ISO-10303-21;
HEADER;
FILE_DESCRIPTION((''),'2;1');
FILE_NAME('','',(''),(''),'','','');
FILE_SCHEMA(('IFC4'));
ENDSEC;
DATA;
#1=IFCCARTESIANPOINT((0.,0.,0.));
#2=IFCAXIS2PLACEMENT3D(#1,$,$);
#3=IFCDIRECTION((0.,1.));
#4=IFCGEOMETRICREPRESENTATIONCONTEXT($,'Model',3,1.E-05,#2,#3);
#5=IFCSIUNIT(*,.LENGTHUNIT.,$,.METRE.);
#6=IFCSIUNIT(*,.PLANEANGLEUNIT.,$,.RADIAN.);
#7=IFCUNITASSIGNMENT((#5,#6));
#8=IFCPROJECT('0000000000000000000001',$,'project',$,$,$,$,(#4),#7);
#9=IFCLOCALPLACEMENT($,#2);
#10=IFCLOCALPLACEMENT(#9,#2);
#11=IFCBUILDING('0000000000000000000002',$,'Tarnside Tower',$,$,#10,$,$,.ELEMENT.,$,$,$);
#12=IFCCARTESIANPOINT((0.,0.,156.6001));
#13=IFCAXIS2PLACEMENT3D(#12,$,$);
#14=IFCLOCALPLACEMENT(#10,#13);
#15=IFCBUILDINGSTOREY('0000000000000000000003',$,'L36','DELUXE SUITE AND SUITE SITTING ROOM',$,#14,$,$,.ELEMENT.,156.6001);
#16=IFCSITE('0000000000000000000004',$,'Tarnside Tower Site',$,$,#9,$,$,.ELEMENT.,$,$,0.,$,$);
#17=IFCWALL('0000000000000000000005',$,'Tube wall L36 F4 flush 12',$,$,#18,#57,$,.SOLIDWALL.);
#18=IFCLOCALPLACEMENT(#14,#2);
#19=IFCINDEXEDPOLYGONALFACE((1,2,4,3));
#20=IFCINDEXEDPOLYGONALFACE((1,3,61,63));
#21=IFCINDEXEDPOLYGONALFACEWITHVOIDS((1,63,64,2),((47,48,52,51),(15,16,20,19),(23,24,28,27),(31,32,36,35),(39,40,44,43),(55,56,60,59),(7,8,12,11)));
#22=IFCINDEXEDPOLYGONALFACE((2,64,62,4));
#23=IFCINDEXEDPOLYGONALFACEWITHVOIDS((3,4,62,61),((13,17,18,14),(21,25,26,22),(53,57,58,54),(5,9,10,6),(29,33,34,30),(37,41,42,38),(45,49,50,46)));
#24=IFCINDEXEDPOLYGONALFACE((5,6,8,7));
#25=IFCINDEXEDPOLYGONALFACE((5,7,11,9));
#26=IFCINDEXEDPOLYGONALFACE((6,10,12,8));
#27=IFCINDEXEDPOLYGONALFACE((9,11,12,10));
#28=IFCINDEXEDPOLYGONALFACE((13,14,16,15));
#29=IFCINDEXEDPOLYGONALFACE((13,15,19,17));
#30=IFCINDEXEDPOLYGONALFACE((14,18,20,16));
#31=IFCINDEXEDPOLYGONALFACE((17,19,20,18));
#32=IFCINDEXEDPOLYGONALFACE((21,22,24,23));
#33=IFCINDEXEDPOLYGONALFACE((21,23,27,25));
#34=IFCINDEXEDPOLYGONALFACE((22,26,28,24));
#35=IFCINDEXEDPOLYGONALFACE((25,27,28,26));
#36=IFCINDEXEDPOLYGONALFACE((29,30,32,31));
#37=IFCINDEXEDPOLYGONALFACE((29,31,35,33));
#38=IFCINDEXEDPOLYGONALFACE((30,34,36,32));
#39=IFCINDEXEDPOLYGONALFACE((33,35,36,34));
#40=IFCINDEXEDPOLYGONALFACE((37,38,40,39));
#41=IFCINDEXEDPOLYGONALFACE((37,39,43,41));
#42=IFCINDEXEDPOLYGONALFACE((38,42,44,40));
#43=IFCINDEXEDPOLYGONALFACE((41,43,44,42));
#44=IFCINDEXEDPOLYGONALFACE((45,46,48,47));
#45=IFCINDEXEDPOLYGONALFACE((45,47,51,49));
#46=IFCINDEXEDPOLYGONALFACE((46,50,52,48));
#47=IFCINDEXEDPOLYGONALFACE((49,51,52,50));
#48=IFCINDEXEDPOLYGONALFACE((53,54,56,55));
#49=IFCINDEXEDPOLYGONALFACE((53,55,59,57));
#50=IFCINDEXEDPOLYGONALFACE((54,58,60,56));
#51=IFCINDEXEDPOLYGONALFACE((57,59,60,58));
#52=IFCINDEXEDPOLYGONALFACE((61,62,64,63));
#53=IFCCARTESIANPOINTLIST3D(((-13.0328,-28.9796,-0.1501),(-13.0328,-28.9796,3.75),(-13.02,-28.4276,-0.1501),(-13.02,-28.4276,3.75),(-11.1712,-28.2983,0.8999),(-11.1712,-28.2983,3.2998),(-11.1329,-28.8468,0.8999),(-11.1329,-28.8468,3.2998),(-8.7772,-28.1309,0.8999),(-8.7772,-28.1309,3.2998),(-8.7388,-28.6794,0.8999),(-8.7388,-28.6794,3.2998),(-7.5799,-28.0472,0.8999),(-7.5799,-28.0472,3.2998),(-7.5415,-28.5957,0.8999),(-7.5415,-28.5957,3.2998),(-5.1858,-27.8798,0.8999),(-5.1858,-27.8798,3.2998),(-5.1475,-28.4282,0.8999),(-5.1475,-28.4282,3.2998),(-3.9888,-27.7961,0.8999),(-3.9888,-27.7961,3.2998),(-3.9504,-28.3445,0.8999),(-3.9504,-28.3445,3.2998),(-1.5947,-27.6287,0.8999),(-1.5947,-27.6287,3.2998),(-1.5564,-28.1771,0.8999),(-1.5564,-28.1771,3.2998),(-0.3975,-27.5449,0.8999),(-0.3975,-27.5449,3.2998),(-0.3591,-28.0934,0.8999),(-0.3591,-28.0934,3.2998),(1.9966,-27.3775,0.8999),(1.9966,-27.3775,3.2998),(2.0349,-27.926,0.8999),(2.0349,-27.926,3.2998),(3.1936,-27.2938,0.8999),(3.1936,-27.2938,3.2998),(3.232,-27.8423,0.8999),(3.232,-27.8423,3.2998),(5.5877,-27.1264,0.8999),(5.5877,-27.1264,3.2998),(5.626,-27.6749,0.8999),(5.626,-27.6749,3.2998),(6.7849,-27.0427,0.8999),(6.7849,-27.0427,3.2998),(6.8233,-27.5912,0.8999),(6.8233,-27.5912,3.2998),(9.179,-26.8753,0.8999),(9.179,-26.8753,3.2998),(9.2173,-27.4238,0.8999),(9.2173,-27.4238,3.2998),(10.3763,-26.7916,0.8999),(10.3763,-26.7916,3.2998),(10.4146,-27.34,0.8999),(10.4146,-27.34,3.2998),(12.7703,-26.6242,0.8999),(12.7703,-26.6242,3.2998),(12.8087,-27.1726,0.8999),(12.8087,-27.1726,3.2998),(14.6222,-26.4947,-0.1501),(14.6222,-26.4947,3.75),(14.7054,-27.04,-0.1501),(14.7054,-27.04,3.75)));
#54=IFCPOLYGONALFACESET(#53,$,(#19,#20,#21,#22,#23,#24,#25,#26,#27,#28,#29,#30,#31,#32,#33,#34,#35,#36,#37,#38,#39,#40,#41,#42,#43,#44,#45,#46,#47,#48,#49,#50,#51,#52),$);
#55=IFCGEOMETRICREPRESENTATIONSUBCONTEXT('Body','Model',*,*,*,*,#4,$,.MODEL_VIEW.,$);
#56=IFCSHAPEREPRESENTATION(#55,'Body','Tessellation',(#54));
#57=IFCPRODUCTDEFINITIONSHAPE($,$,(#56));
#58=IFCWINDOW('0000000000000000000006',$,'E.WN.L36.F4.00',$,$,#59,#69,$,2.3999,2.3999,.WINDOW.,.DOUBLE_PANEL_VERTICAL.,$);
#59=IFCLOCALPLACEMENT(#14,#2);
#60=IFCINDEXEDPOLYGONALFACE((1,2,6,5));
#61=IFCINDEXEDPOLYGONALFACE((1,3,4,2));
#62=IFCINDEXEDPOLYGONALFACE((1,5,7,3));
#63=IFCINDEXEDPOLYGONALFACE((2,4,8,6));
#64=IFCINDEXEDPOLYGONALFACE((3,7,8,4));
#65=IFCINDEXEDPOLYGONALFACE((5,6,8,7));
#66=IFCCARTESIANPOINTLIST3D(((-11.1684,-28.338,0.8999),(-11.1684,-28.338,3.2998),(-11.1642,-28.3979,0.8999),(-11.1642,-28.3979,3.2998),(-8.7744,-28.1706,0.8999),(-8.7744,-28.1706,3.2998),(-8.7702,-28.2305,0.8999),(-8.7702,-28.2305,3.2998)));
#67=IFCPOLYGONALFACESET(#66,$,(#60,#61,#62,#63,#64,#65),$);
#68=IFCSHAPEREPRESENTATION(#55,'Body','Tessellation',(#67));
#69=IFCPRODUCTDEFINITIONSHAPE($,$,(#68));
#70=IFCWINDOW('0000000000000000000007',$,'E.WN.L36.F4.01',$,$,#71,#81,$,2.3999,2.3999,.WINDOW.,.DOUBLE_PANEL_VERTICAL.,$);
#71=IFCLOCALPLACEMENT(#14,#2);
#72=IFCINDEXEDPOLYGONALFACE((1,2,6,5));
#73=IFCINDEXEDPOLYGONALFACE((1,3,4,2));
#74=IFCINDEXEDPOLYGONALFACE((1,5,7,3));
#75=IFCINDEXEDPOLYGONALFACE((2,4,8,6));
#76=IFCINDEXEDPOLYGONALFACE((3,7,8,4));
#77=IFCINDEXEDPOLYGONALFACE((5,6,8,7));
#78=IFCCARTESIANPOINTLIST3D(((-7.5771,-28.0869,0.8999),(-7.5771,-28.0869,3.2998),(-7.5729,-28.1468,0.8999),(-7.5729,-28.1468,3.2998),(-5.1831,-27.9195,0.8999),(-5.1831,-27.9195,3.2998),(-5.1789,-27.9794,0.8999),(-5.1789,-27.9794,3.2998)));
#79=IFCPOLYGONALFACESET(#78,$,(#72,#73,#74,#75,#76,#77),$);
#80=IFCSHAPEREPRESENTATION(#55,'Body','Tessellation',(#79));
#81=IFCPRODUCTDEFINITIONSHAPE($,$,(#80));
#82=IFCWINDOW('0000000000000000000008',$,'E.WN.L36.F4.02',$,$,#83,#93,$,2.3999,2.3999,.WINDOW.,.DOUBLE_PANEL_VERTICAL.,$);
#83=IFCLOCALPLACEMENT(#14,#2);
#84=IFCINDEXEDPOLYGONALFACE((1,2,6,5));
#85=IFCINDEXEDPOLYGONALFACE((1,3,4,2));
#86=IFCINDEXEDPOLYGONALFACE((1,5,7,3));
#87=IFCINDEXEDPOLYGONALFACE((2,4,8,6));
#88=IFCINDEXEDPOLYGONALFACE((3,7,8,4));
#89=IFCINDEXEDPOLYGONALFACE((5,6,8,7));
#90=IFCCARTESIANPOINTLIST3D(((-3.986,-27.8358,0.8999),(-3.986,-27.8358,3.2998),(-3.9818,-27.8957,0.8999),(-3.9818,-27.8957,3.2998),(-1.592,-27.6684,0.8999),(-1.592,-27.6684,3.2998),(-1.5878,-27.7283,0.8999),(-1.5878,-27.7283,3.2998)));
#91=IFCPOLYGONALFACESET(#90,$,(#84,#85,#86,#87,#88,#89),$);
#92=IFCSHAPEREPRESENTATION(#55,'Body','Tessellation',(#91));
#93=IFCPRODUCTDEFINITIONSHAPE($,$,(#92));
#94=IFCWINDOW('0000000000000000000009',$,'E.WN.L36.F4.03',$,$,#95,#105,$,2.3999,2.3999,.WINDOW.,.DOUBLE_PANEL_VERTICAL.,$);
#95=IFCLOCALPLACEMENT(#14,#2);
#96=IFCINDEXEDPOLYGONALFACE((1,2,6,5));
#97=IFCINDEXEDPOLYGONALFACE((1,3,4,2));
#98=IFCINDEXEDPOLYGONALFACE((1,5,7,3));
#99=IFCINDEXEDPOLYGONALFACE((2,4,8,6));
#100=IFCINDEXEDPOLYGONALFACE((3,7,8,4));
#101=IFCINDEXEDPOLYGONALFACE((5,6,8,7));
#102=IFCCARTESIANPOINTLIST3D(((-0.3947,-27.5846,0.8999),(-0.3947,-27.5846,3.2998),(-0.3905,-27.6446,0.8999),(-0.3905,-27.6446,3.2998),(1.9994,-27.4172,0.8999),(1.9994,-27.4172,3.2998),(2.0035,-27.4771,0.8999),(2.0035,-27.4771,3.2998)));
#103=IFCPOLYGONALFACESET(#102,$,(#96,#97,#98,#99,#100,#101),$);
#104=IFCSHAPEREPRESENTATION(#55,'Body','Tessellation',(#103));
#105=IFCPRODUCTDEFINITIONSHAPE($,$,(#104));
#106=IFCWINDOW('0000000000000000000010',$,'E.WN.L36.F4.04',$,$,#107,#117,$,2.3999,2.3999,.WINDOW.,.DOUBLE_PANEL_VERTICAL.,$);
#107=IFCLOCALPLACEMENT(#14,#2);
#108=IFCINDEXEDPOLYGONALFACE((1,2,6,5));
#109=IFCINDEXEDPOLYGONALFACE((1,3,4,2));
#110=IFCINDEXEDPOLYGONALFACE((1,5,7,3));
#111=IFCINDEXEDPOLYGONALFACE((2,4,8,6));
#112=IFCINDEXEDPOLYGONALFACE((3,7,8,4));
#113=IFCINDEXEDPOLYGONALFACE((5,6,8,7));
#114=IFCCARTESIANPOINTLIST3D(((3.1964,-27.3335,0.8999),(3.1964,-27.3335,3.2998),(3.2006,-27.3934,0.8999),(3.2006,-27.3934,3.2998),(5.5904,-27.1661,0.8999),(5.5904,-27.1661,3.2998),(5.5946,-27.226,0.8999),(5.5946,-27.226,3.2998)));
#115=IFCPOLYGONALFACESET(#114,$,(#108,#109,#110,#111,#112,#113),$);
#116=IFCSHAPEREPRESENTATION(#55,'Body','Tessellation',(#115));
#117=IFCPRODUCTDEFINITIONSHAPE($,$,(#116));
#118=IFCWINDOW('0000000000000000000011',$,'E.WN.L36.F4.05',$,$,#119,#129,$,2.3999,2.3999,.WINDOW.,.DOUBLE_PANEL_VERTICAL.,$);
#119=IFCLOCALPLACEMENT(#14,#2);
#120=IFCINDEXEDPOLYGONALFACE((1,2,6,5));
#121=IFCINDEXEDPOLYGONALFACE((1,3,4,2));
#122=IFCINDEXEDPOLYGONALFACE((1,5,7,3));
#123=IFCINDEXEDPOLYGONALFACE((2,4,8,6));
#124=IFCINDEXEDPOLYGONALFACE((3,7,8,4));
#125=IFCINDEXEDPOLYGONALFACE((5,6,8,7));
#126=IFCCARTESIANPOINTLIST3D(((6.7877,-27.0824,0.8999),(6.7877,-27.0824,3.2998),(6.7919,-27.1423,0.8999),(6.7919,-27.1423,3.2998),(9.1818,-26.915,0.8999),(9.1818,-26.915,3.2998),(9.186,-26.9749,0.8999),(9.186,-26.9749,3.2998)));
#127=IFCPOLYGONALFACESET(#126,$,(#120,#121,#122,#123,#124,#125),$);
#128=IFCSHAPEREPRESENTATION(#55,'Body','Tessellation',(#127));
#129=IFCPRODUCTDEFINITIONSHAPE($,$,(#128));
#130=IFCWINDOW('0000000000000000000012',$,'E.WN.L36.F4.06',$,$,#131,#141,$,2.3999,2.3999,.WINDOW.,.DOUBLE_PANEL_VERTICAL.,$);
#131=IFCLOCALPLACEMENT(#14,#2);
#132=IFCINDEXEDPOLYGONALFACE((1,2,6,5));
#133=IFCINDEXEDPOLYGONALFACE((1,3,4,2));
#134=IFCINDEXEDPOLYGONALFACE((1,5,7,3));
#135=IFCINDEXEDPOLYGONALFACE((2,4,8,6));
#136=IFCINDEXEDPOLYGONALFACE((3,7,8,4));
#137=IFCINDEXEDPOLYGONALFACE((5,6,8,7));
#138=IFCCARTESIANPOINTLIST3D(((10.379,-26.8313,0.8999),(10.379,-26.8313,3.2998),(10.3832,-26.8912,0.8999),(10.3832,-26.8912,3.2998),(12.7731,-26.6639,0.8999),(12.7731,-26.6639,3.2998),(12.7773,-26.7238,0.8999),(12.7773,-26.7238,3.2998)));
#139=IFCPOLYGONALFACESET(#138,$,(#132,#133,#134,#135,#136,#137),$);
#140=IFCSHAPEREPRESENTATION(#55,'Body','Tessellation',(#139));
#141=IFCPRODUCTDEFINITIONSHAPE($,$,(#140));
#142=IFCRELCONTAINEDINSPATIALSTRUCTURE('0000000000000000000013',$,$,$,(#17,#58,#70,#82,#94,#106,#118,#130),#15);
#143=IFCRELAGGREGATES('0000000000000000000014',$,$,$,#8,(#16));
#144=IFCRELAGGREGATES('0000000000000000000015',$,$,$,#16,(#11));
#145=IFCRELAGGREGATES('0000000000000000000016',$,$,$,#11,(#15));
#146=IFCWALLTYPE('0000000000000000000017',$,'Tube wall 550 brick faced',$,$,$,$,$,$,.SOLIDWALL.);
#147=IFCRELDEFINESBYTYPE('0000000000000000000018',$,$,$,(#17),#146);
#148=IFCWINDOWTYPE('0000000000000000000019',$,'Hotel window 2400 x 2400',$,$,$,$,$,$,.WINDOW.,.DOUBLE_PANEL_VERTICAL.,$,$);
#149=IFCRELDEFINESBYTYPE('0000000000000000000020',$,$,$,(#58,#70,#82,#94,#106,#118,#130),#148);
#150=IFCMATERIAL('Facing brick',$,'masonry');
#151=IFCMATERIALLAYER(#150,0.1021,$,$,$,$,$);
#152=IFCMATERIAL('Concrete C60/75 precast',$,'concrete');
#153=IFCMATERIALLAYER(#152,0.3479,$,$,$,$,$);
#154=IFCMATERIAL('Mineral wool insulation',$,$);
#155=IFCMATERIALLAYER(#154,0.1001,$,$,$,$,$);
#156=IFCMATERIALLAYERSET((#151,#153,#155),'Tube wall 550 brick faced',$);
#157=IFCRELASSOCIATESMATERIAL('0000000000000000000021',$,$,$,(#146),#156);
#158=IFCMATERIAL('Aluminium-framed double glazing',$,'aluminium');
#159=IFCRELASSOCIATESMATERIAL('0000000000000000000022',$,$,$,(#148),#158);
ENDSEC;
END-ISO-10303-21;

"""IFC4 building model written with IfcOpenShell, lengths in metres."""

from ifc_helpers import new_model, si_unit, direction, frame, frame_2d, origin, place, context, subcontext, project, spatial, polyline, rectangle, outline, extrude, material, layer, layer_set, type_object, element, fill, save


model = new_model("IFC4")

# Units and contexts
model_context = context("Model", 3, precision=1e-05, world=origin(), true_north=direction((0.0, 1.0)))
body_context = subcontext(model_context, "Body", "Model", "MODEL_VIEW")
ifc_project = project(units=[si_unit("LENGTHUNIT", "METRE"), si_unit("PLANEANGLEUNIT", "RADIAN")], contexts=[model_context])

# Site, building, storey
site_placement = place(None, origin())
site = spatial("IfcSite", under=ifc_project, at=site_placement, Name="Tarnside Tower Site", CompositionType="ELEMENT", RefElevation=0.0)
building_placement = place(site_placement, origin())
building = spatial("IfcBuilding", under=site, at=building_placement, Name="Tarnside Tower", CompositionType="ELEMENT")
storey_placement = place(building_placement, frame((0.0, 0.0, 156.6001)))
storey = spatial("IfcBuildingStorey", under=building, at=storey_placement, Name="L36", Description="DELUXE SUITE AND SUITE SITTING ROOM", CompositionType="ELEMENT", Elevation=156.6001)

# Wall, openings, windows
ifc_material_1 = material(Name="Facing brick", Category="masonry")
ifc_layer_1 = layer(ifc_material_1, 0.1021)
ifc_material_2 = material(Name="Concrete C60/75 precast", Category="concrete")
ifc_layer_2 = layer(ifc_material_2, 0.3479)
ifc_material_3 = material(Name="Mineral wool insulation")
ifc_layer_3 = layer(ifc_material_3, 0.1001)
ifc_layer_set_1 = layer_set([ifc_layer_1, ifc_layer_2, ifc_layer_3], Name="Tube wall 550 brick faced")
wall_type_1 = type_object("IfcWallType", Name="Tube wall 550 brick faced", PredefinedType="SOLIDWALL", material=ifc_layer_set_1)
wall_1_placement = place(storey_placement, frame((-13.0264, -28.7036, -0.1501), z_axis=(0.0, 0.0, 1.0), x_axis=(0.997564, 0.069756, 0.0)))
wall_1 = element("IfcWall", 1, at=wall_1_placement, inside=storey, type_object=wall_type_1, Name="Tube wall L36 F4 flush 12", PredefinedType="SOLIDWALL", context=body_context, shape_type="SweptSolid", body=[
    extrude(outline(polyline([(-0.0256, -0.2749), (27.7803, -0.2749), (27.7354, 0.2749), (0.0256, 0.2749), (-0.0256, -0.2749)])), origin(), (0.0, 0.0, 1.0), 3.9001),
])
opening_1_placement = place(wall_1_placement, frame((1.8789, 0.0, 1.05)))
opening_1 = element("IfcOpeningElement", 2, at=opening_1_placement, cuts=wall_1, PredefinedType="OPENING", context=body_context, shape_type="SweptSolid", body=[
    extrude(rectangle(XDim=2.3999, YDim=2.3999, at=frame_2d((1.2, 1.2))), frame((0.0, 0.2852, 0.0), z_axis=(0.0, -1.0, 0.0), x_axis=(1.0, 0.0, 0.0)), (0.0, 0.0, 1.0), 0.5701),
])
opening_2_placement = place(wall_1_placement, frame((5.479, 0.0, 1.05)))
opening_2 = element("IfcOpeningElement", 3, at=opening_2_placement, cuts=wall_1, PredefinedType="OPENING", context=body_context, shape_type="SweptSolid", body=[
    extrude(rectangle(XDim=2.3999, YDim=2.3999, at=frame_2d((1.2, 1.2))), frame((0.0, 0.2852, 0.0), z_axis=(0.0, -1.0, 0.0), x_axis=(1.0, 0.0, 0.0)), (0.0, 0.0, 1.0), 0.5701),
])
opening_3_placement = place(wall_1_placement, frame((9.0789, 0.0, 1.05)))
opening_3 = element("IfcOpeningElement", 4, at=opening_3_placement, cuts=wall_1, PredefinedType="OPENING", context=body_context, shape_type="SweptSolid", body=[
    extrude(rectangle(XDim=2.3999, YDim=2.3999, at=frame_2d((1.2, 1.2))), frame((0.0, 0.2852, 0.0), z_axis=(0.0, -1.0, 0.0), x_axis=(1.0, 0.0, 0.0)), (0.0, 0.0, 1.0), 0.5701),
])
opening_4_placement = place(wall_1_placement, frame((12.679, 0.0, 1.05)))
opening_4 = element("IfcOpeningElement", 5, at=opening_4_placement, cuts=wall_1, PredefinedType="OPENING", context=body_context, shape_type="SweptSolid", body=[
    extrude(rectangle(XDim=2.3999, YDim=2.3999, at=frame_2d((1.2, 1.2))), frame((0.0, 0.2852, 0.0), z_axis=(0.0, -1.0, 0.0), x_axis=(1.0, 0.0, 0.0)), (0.0, 0.0, 1.0), 0.5701),
])
opening_5_placement = place(wall_1_placement, frame((16.2788, 0.0, 1.05)))
opening_5 = element("IfcOpeningElement", 6, at=opening_5_placement, cuts=wall_1, PredefinedType="OPENING", context=body_context, shape_type="SweptSolid", body=[
    extrude(rectangle(XDim=2.3999, YDim=2.3999, at=frame_2d((1.2, 1.2))), frame((0.0, 0.2852, 0.0), z_axis=(0.0, -1.0, 0.0), x_axis=(1.0, 0.0, 0.0)), (0.0, 0.0, 1.0), 0.5701),
])
opening_6_placement = place(wall_1_placement, frame((19.8789, 0.0, 1.05)))
opening_6 = element("IfcOpeningElement", 7, at=opening_6_placement, cuts=wall_1, PredefinedType="OPENING", context=body_context, shape_type="SweptSolid", body=[
    extrude(rectangle(XDim=2.3999, YDim=2.3999, at=frame_2d((1.2, 1.2))), frame((0.0, 0.2852, 0.0), z_axis=(0.0, -1.0, 0.0), x_axis=(1.0, 0.0, 0.0)), (0.0, 0.0, 1.0), 0.5701),
])
opening_7_placement = place(wall_1_placement, frame((23.479, 0.0, 1.05)))
opening_7 = element("IfcOpeningElement", 8, at=opening_7_placement, cuts=wall_1, PredefinedType="OPENING", context=body_context, shape_type="SweptSolid", body=[
    extrude(rectangle(XDim=2.3999, YDim=2.3999, at=frame_2d((1.2, 1.2))), frame((0.0, 0.2852, 0.0), z_axis=(0.0, -1.0, 0.0), x_axis=(1.0, 0.0, 0.0)), (0.0, 0.0, 1.0), 0.5701),
])
ifc_material_4 = material(Name="Aluminium-framed double glazing", Category="aluminium")
window_type = type_object("IfcWindowType", Name="Hotel window 2400 x 2400", PartitioningType="DOUBLE_PANEL_VERTICAL", PredefinedType="WINDOW", material=ifc_material_4)
window_1_placement = place(opening_1_placement, frame((0.0, 0.2051, 0.0)))
window_1 = element("IfcWindow", 9, at=window_1_placement, inside=storey, type_object=window_type, Name="E.WN.L36.F4.00", OverallHeight=2.3999, OverallWidth=2.3999, PartitioningType="DOUBLE_PANEL_VERTICAL", PredefinedType="WINDOW", context=body_context, shape_type="SweptSolid", body=[
    extrude(rectangle(XDim=2.3999, YDim=2.3999, at=frame_2d((1.2, 1.2))), frame((0.0, 0.03, 0.0), z_axis=(0.0, -1.0, 0.0), x_axis=(1.0, 0.0, 0.0)), (0.0, 0.0, 1.0), 0.0601),
])
fill(opening_1, window_1)
window_2_placement = place(opening_2_placement, frame((0.0, 0.2051, 0.0)))
window_2 = element("IfcWindow", 10, at=window_2_placement, inside=storey, type_object=window_type, Name="E.WN.L36.F4.01", OverallHeight=2.3999, OverallWidth=2.3999, PartitioningType="DOUBLE_PANEL_VERTICAL", PredefinedType="WINDOW", context=body_context, shape_type="SweptSolid", body=[
    extrude(rectangle(XDim=2.3999, YDim=2.3999, at=frame_2d((1.2, 1.2))), frame((0.0, 0.03, 0.0), z_axis=(0.0, -1.0, 0.0), x_axis=(1.0, 0.0, 0.0)), (0.0, 0.0, 1.0), 0.0601),
])
fill(opening_2, window_2)
window_3_placement = place(opening_3_placement, frame((0.0, 0.2051, 0.0)))
window_3 = element("IfcWindow", 11, at=window_3_placement, inside=storey, type_object=window_type, Name="E.WN.L36.F4.02", OverallHeight=2.3999, OverallWidth=2.3999, PartitioningType="DOUBLE_PANEL_VERTICAL", PredefinedType="WINDOW", context=body_context, shape_type="SweptSolid", body=[
    extrude(rectangle(XDim=2.3999, YDim=2.3999, at=frame_2d((1.2, 1.2))), frame((0.0, 0.03, 0.0), z_axis=(0.0, -1.0, 0.0), x_axis=(1.0, 0.0, 0.0)), (0.0, 0.0, 1.0), 0.0601),
])
fill(opening_3, window_3)
window_4_placement = place(opening_4_placement, frame((0.0, 0.2051, 0.0)))
window_4 = element("IfcWindow", 12, at=window_4_placement, inside=storey, type_object=window_type, Name="E.WN.L36.F4.03", OverallHeight=2.3999, OverallWidth=2.3999, PartitioningType="DOUBLE_PANEL_VERTICAL", PredefinedType="WINDOW", context=body_context, shape_type="SweptSolid", body=[
    extrude(rectangle(XDim=2.3999, YDim=2.3999, at=frame_2d((1.2, 1.2))), frame((0.0, 0.03, 0.0), z_axis=(0.0, -1.0, 0.0), x_axis=(1.0, 0.0, 0.0)), (0.0, 0.0, 1.0), 0.0601),
])
fill(opening_4, window_4)
window_5_placement = place(opening_5_placement, frame((0.0, 0.2051, 0.0)))
window_5 = element("IfcWindow", 13, at=window_5_placement, inside=storey, type_object=window_type, Name="E.WN.L36.F4.04", OverallHeight=2.3999, OverallWidth=2.3999, PartitioningType="DOUBLE_PANEL_VERTICAL", PredefinedType="WINDOW", context=body_context, shape_type="SweptSolid", body=[
    extrude(rectangle(XDim=2.3999, YDim=2.3999, at=frame_2d((1.2, 1.2))), frame((0.0, 0.03, 0.0), z_axis=(0.0, -1.0, 0.0), x_axis=(1.0, 0.0, 0.0)), (0.0, 0.0, 1.0), 0.0601),
])
fill(opening_5, window_5)
window_6_placement = place(opening_6_placement, frame((0.0, 0.2051, 0.0)))
window_6 = element("IfcWindow", 14, at=window_6_placement, inside=storey, type_object=window_type, Name="E.WN.L36.F4.05", OverallHeight=2.3999, OverallWidth=2.3999, PartitioningType="DOUBLE_PANEL_VERTICAL", PredefinedType="WINDOW", context=body_context, shape_type="SweptSolid", body=[
    extrude(rectangle(XDim=2.3999, YDim=2.3999, at=frame_2d((1.2, 1.2))), frame((0.0, 0.03, 0.0), z_axis=(0.0, -1.0, 0.0), x_axis=(1.0, 0.0, 0.0)), (0.0, 0.0, 1.0), 0.0601),
])
fill(opening_6, window_6)
window_7_placement = place(opening_7_placement, frame((0.0, 0.2051, 0.0)))
window_7 = element("IfcWindow", 15, at=window_7_placement, inside=storey, type_object=window_type, Name="E.WN.L36.F4.06", OverallHeight=2.3999, OverallWidth=2.3999, PartitioningType="DOUBLE_PANEL_VERTICAL", PredefinedType="WINDOW", context=body_context, shape_type="SweptSolid", body=[
    extrude(rectangle(XDim=2.3999, YDim=2.3999, at=frame_2d((1.2, 1.2))), frame((0.0, 0.03, 0.0), z_axis=(0.0, -1.0, 0.0), x_axis=(1.0, 0.0, 0.0)), (0.0, 0.0, 1.0), 0.0601),
])
fill(opening_7, window_7)

save(model, "model.ifc")
